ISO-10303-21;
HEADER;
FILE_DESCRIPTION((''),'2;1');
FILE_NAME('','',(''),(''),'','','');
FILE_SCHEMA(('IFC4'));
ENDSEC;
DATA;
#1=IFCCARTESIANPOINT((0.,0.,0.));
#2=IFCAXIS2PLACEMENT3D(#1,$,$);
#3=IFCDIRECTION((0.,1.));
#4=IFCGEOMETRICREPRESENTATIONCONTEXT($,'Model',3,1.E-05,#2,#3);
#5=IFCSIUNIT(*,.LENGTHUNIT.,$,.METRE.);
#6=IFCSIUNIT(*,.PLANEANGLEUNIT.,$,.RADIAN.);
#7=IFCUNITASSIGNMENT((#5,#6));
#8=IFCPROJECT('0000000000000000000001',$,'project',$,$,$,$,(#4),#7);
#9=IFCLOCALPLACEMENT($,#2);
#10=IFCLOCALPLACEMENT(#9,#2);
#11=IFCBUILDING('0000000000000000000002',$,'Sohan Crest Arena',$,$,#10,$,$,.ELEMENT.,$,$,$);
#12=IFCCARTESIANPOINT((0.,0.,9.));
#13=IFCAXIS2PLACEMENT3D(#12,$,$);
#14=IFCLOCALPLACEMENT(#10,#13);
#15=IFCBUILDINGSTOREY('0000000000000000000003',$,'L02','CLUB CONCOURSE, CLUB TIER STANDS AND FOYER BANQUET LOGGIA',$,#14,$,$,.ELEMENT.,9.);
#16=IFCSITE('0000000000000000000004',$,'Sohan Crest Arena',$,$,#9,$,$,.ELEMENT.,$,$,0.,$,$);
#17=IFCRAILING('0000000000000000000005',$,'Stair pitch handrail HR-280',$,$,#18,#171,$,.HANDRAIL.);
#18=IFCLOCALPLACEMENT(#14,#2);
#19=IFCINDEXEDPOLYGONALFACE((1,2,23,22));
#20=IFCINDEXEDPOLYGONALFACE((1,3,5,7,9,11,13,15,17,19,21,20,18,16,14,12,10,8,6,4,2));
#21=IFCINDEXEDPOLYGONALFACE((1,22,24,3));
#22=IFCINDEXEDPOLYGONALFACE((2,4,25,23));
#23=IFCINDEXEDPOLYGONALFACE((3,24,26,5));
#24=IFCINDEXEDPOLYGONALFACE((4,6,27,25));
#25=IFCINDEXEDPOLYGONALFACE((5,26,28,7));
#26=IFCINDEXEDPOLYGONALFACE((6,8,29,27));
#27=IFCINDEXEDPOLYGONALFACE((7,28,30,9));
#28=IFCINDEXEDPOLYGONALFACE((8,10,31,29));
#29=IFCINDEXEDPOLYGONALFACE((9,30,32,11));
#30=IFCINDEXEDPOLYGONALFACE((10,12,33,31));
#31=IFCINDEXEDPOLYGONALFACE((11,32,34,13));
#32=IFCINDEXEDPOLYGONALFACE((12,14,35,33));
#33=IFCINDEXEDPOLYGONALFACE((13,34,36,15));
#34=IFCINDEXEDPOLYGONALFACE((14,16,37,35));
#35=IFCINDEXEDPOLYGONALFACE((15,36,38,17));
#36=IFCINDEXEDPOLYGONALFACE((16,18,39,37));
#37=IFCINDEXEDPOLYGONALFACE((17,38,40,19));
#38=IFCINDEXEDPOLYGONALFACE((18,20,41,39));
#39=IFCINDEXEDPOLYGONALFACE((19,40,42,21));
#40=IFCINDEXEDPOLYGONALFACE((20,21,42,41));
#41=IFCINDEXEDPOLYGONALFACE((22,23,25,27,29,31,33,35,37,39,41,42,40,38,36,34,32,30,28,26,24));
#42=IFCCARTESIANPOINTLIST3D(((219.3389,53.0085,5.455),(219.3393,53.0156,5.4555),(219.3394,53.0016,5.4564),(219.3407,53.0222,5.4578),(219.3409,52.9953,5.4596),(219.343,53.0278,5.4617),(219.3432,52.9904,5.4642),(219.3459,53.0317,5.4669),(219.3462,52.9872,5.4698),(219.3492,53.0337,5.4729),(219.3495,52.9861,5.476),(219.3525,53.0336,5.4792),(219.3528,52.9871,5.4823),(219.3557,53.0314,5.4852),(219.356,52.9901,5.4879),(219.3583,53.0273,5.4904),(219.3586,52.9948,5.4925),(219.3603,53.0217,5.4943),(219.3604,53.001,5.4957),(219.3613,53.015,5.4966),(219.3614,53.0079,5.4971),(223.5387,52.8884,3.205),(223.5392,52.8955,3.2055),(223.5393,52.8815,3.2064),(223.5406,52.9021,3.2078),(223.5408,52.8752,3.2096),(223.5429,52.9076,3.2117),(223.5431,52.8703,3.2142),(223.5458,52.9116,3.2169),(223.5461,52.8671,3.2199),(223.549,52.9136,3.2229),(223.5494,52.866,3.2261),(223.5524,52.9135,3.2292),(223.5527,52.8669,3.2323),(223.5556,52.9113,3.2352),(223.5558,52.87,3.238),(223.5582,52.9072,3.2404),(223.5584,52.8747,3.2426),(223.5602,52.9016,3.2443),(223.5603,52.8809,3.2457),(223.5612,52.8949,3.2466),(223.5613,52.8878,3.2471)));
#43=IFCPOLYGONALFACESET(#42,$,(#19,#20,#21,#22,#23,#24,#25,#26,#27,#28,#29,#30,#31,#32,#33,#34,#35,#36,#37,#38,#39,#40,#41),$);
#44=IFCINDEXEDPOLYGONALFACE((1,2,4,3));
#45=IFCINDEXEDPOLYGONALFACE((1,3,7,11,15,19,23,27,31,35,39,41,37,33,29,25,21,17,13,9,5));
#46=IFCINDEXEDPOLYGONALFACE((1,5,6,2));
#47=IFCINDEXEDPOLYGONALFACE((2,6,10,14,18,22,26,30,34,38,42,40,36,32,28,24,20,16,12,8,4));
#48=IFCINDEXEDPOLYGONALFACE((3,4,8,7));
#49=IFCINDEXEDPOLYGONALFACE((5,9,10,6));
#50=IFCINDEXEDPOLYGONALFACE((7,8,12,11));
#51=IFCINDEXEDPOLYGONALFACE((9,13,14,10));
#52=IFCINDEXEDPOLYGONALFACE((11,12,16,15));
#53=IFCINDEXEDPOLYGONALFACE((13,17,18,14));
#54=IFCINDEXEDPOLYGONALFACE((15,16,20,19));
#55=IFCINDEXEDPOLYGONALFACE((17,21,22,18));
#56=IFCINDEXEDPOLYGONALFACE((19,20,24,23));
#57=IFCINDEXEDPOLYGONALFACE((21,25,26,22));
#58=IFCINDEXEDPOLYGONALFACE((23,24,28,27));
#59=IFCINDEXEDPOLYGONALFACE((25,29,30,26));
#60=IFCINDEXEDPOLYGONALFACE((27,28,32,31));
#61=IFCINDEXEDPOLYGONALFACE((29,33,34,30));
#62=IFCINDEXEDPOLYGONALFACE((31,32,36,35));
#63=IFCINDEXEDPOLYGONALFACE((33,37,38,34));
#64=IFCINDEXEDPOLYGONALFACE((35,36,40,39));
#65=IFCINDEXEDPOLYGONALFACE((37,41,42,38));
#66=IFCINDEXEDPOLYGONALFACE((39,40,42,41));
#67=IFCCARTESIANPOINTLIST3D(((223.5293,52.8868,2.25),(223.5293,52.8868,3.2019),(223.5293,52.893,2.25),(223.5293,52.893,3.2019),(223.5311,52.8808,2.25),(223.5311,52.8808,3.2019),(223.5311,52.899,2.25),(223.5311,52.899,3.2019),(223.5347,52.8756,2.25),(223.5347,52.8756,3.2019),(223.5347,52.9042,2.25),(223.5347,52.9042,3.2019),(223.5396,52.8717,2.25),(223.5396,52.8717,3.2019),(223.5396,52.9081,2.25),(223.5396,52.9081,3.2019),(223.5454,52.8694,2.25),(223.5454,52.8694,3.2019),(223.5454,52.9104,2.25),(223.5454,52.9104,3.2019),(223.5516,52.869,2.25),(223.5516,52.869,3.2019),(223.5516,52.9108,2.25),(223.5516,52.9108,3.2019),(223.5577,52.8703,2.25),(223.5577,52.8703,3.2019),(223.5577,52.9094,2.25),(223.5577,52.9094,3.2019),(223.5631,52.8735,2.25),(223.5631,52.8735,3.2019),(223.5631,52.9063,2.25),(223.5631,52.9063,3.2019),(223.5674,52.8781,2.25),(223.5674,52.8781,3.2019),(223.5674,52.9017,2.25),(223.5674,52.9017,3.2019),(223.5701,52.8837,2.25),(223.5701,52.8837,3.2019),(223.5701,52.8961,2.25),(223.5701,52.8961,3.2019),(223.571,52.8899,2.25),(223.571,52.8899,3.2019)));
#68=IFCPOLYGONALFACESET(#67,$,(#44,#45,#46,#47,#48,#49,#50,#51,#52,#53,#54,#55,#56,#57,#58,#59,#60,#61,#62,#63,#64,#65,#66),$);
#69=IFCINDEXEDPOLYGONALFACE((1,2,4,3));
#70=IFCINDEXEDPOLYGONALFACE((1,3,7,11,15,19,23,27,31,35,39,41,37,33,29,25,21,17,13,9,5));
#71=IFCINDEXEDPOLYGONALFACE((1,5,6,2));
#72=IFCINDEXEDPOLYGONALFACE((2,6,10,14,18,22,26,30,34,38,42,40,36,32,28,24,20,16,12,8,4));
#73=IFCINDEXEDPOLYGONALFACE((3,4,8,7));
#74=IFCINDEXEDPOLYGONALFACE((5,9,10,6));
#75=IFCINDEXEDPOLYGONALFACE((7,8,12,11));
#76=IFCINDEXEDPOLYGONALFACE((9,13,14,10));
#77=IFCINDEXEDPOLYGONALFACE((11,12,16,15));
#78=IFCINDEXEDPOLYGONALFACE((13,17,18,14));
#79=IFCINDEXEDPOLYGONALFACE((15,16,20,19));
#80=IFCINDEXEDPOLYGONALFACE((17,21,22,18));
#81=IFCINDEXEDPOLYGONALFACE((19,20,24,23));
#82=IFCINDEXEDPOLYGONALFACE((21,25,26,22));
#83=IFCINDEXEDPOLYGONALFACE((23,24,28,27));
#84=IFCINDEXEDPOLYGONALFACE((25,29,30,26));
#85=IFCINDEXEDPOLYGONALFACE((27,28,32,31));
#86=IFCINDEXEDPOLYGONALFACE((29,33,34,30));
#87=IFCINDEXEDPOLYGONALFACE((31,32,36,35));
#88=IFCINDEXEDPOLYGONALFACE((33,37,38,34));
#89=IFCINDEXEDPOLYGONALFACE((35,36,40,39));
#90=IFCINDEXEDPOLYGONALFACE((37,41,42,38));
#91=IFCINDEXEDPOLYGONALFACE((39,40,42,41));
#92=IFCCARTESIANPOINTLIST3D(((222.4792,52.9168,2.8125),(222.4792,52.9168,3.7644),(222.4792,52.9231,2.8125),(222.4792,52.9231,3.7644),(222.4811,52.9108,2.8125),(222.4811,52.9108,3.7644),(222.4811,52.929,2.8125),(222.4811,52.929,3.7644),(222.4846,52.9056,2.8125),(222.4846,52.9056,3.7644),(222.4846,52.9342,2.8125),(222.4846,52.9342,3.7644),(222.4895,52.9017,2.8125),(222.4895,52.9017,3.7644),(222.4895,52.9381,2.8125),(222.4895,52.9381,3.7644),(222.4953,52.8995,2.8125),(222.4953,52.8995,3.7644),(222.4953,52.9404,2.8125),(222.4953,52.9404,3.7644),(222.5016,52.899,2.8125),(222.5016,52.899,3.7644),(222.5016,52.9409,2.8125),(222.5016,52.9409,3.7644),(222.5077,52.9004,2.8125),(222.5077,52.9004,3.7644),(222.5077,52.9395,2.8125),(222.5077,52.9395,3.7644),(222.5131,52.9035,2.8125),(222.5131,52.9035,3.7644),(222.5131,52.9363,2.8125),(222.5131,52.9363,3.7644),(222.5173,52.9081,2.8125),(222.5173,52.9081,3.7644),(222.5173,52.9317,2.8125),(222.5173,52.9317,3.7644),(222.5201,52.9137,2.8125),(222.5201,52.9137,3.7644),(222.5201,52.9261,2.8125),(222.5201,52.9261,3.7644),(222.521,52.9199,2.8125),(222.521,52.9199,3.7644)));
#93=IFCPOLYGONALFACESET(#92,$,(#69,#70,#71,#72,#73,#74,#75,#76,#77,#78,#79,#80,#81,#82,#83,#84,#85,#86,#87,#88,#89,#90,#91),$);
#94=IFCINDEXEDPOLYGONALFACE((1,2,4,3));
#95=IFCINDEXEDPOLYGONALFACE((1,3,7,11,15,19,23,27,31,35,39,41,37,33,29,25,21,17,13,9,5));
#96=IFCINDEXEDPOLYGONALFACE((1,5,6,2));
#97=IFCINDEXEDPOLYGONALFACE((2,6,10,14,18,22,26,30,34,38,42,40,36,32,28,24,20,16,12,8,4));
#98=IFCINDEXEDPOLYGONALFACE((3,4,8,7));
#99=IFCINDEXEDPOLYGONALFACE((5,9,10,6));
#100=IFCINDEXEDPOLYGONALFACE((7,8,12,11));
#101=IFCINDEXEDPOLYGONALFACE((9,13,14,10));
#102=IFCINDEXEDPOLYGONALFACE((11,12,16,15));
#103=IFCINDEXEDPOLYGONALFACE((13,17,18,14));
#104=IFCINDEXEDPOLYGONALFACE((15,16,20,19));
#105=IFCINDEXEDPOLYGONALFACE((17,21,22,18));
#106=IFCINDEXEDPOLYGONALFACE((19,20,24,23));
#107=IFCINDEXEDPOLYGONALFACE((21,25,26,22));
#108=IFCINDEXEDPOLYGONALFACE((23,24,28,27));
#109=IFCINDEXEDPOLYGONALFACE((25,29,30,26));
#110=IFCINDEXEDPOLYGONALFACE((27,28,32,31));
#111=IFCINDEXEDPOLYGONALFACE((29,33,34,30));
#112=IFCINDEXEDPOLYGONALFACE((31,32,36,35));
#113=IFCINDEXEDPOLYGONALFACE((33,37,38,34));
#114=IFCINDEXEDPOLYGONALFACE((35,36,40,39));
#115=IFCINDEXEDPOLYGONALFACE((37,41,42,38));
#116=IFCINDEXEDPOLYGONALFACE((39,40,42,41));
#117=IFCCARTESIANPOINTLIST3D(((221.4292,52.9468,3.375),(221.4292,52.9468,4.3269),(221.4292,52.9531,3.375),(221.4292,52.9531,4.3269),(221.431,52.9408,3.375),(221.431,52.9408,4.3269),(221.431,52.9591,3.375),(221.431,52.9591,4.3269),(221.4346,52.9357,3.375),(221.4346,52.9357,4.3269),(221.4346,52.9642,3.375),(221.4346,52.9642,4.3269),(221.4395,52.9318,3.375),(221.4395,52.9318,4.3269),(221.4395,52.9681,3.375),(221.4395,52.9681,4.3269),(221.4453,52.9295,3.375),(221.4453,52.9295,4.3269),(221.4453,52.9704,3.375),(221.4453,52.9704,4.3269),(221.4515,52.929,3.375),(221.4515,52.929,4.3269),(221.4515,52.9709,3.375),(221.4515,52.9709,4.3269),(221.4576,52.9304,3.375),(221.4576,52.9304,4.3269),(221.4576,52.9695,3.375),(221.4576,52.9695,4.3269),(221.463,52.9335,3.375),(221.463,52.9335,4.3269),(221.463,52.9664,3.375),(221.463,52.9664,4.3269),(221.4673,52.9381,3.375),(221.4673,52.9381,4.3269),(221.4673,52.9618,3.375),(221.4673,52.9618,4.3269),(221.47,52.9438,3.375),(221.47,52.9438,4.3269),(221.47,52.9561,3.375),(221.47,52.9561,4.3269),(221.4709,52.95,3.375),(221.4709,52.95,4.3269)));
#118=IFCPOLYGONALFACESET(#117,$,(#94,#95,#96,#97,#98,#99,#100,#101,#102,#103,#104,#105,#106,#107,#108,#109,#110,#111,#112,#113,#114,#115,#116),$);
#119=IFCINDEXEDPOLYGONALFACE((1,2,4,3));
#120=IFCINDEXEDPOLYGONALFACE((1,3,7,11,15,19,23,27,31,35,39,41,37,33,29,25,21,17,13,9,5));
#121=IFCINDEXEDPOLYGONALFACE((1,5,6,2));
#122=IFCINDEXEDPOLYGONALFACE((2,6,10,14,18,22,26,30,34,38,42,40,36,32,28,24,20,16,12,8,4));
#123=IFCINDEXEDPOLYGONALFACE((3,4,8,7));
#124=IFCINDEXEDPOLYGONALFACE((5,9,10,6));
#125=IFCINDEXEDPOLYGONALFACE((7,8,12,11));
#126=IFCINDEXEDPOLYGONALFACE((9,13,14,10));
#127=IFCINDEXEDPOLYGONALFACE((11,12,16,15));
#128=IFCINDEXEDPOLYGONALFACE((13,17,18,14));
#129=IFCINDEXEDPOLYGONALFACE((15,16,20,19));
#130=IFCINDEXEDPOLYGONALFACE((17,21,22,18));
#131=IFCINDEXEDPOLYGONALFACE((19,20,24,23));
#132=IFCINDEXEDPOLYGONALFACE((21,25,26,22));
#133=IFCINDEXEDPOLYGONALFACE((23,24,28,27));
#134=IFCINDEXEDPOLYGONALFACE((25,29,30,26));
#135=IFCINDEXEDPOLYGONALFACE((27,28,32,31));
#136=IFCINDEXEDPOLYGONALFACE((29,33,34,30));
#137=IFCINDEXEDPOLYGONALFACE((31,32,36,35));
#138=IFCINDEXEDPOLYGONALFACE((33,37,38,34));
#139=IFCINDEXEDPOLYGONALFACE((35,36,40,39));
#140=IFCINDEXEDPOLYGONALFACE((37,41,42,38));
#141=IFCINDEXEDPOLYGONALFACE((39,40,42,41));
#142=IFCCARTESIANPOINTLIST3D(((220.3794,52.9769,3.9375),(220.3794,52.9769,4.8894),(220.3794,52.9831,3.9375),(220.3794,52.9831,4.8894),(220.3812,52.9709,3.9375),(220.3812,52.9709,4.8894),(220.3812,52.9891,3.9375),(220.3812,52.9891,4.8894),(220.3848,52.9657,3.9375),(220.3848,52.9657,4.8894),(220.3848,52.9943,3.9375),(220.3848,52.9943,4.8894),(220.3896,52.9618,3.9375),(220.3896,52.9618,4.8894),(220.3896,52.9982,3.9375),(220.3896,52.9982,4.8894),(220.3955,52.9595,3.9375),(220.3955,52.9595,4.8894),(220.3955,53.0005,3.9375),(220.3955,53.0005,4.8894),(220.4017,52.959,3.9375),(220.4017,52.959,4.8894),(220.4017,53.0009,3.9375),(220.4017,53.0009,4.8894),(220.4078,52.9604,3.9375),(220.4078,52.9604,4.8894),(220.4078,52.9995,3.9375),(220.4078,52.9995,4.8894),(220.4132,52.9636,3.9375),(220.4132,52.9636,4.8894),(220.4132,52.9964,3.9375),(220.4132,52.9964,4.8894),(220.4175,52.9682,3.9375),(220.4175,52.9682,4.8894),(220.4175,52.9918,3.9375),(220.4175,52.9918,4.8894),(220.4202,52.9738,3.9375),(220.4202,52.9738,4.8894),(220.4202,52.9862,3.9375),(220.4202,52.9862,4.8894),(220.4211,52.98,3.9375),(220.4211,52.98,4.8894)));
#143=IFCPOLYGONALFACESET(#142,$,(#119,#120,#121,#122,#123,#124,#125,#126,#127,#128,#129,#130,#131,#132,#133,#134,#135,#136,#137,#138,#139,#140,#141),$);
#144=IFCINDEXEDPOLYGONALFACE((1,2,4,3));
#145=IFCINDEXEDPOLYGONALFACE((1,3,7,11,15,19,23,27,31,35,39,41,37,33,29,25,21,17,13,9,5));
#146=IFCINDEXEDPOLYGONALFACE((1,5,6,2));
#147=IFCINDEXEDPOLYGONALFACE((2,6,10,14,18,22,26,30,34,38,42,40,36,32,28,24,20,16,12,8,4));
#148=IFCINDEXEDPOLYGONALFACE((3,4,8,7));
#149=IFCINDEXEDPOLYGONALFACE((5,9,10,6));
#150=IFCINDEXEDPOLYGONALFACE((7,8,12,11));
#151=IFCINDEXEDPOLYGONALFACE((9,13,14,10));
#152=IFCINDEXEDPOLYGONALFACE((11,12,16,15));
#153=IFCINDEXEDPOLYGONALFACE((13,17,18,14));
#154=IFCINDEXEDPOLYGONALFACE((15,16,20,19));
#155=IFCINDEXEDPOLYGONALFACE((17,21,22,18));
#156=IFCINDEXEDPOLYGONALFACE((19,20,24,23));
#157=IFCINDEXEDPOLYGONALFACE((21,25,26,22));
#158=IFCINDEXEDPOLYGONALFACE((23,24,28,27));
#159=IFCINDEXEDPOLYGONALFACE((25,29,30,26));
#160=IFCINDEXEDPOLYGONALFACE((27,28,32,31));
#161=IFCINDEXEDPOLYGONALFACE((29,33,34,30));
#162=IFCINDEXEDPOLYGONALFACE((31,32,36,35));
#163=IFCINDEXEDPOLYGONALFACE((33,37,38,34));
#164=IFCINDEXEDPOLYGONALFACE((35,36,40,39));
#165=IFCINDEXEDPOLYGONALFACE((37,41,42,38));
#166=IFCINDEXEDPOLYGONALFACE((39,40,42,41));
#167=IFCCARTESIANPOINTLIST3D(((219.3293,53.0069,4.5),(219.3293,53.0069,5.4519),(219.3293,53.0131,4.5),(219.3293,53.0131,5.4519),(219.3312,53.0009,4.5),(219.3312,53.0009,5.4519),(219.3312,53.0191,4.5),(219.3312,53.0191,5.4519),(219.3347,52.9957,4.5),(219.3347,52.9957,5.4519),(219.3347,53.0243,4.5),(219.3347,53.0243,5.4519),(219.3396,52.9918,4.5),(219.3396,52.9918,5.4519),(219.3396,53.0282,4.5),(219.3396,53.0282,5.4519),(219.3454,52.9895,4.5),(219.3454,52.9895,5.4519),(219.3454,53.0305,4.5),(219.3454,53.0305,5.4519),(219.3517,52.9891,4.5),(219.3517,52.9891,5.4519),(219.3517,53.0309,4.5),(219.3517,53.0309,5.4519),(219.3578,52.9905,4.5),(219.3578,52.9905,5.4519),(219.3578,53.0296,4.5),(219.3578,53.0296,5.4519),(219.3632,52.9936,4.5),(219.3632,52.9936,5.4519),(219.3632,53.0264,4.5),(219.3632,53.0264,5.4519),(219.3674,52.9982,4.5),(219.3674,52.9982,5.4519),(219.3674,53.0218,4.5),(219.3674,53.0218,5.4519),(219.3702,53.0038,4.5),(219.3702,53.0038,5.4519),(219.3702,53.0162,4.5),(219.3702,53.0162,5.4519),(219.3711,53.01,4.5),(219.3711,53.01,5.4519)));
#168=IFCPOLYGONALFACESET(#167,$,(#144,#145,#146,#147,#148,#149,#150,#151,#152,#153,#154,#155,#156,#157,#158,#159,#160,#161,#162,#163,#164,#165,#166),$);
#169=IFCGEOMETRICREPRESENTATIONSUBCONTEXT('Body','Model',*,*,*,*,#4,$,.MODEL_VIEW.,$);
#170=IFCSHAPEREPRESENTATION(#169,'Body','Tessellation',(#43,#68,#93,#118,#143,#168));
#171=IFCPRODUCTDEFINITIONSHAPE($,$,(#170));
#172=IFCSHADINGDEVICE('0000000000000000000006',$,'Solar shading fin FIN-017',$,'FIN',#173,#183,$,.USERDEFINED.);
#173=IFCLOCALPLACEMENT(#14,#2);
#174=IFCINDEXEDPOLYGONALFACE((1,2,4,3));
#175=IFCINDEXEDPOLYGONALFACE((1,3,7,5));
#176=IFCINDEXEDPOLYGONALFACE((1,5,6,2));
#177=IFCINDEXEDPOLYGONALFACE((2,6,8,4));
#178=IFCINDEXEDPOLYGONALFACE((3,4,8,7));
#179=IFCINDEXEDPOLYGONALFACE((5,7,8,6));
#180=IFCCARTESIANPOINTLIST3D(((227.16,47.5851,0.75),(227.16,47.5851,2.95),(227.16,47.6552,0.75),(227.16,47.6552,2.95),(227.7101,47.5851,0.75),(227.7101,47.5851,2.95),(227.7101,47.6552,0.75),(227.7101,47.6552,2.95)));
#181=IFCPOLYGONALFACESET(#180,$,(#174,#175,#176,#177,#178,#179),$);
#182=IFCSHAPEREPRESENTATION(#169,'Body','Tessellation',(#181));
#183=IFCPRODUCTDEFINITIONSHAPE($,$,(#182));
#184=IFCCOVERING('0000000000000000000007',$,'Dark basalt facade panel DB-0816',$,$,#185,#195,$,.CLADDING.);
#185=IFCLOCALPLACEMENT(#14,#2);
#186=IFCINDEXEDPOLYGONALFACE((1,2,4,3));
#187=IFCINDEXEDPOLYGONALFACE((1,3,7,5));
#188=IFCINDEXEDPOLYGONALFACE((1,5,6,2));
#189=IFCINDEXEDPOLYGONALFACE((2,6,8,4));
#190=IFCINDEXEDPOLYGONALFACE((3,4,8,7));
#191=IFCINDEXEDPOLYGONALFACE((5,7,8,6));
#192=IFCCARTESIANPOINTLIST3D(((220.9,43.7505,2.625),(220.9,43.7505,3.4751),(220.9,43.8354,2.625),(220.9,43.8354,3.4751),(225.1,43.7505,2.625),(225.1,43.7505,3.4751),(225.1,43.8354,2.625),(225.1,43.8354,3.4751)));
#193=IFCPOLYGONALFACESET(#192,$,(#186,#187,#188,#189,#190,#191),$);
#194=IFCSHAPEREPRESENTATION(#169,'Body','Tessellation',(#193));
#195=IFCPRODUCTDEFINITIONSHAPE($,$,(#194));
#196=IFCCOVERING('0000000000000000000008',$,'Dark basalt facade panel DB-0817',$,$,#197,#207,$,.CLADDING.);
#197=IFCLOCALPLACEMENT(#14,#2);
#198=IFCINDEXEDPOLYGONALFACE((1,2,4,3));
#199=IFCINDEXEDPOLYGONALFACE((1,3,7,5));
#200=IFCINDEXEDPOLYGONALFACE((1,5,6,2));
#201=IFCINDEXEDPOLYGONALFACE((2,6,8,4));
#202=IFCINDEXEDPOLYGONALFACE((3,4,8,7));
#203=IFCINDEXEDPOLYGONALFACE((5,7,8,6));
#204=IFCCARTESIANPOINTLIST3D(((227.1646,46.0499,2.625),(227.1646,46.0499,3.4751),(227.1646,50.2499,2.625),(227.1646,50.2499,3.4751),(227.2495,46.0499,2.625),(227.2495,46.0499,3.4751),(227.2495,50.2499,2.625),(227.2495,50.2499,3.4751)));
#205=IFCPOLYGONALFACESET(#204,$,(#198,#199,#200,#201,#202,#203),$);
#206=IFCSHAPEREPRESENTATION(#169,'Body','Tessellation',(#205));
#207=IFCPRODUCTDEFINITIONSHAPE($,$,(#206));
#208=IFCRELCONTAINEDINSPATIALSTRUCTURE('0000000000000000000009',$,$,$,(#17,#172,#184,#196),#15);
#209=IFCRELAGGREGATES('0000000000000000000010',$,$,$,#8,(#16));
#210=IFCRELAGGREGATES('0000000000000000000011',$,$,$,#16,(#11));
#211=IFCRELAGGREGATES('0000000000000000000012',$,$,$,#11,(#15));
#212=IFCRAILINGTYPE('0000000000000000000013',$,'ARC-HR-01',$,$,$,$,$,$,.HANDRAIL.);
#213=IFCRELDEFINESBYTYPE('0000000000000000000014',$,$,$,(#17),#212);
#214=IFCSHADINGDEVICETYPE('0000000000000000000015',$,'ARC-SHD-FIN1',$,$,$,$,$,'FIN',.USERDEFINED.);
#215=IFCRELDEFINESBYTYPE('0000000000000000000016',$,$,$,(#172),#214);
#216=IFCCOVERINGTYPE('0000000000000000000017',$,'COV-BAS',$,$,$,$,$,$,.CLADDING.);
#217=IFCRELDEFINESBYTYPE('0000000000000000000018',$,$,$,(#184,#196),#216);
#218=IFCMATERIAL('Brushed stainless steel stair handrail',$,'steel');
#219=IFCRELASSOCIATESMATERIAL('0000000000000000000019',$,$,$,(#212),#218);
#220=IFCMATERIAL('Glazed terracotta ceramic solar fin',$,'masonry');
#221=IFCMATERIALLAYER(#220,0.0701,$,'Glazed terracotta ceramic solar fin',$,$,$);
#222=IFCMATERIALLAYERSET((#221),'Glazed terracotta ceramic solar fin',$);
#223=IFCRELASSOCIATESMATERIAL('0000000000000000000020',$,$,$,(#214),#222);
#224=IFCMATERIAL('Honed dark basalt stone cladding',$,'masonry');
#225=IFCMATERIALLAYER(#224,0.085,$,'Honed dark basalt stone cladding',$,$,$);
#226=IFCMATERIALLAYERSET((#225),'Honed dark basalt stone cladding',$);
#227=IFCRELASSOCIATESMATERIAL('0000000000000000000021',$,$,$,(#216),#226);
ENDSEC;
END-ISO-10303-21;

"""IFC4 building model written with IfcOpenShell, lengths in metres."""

from ifc_helpers import new_model, si_unit, direction, frame, origin, origin_2d, place, context, subcontext, project, spatial, rectangle, circle, extrude, material, layer, layer_set, type_object, element, save


model = new_model("IFC4")

# Units and contexts
model_context = context("Model", 3, precision=1e-05, world=origin(), true_north=direction((0.0, 1.0)))
body_context = subcontext(model_context, "Body", "Model", "MODEL_VIEW")
ifc_project = project(units=[si_unit("LENGTHUNIT", "METRE"), si_unit("PLANEANGLEUNIT", "RADIAN")], contexts=[model_context])

# Site, building, storey
site_placement = place(None, origin())
site = spatial("IfcSite", under=ifc_project, at=site_placement, Name="Sohan Crest Arena", CompositionType="ELEMENT", RefElevation=0.0)
building_placement = place(site_placement, origin())
building = spatial("IfcBuilding", under=site, at=building_placement, Name="Sohan Crest Arena", CompositionType="ELEMENT")
storey_placement = place(building_placement, frame((0.0, 0.0, 9.0)))
storey = spatial("IfcBuildingStorey", under=building, at=storey_placement, Name="L02", Description="CLUB CONCOURSE, CLUB TIER STANDS AND FOYER BANQUET LOGGIA", CompositionType="ELEMENT", Elevation=9.0)

# Railing
ifc_material_1 = material(Name="Brushed stainless steel stair handrail", Category="steel")
railing_type_1 = type_object("IfcRailingType", Name="ARC-HR-01", PredefinedType="HANDRAIL", material=ifc_material_1)
railing_1_placement = place(storey_placement, frame((223.55, 52.8899, 2.25)))
element("IfcRailing", 1, at=railing_1_placement, inside=storey, type_object=railing_type_1, Name="Stair pitch handrail HR-280", PredefinedType="HANDRAIL", context=body_context, shape_type="SweptSolid", body=[
    extrude(circle(Radius=0.0239, at=origin_2d()), frame((0.0, 0.0, 0.9761), z_axis=(-0.881198, 0.025202, 0.472076), x_axis=(-0.028588, -0.999591, 0.0)), (0.0, 0.0, 1.0), 4.7661),
    extrude(circle(Radius=0.021, at=origin_2d()), origin(), (0.0, 0.0, 1.0), 0.9519),
    extrude(circle(Radius=0.021, at=origin_2d()), frame((-1.05, 0.03, 0.5625)), (0.0, 0.0, 1.0), 0.9519),
    extrude(circle(Radius=0.021, at=origin_2d()), frame((-2.1001, 0.0601, 1.125)), (0.0, 0.0, 1.0), 0.9519),
    extrude(circle(Radius=0.021, at=origin_2d()), frame((-3.1499, 0.0901, 1.6875)), (0.0, 0.0, 1.0), 0.9519),
    extrude(circle(Radius=0.021, at=origin_2d()), frame((-4.2, 0.1201, 2.25)), (0.0, 0.0, 1.0), 0.9519),
])

# Shading device
ifc_material_2 = material(Name="Glazed terracotta ceramic solar fin", Category="masonry")
ifc_layer_1 = layer(ifc_material_2, 0.0701, Name="Glazed terracotta ceramic solar fin")
ifc_layer_set_1 = layer_set([ifc_layer_1], Name="Glazed terracotta ceramic solar fin")
shading_device_type = type_object("IfcShadingDeviceType", Name="ARC-SHD-FIN1", ElementType="FIN", PredefinedType="USERDEFINED", material=ifc_layer_set_1)
shading_device_placement = place(storey_placement, frame((227.4351, 47.6201, 0.75), z_axis=(0.0, 0.0, 1.0), x_axis=(0.0, 1.0, 0.0)))
element("IfcShadingDevice", 2, at=shading_device_placement, inside=storey, type_object=shading_device_type, Name="Solar shading fin FIN-017", ObjectType="FIN", PredefinedType="USERDEFINED", context=body_context, shape_type="SweptSolid", body=[
    extrude(rectangle(XDim=0.0701, YDim=0.55, at=origin_2d()), origin(), (0.0, 0.0, 1.0), 2.2),
])

# Coverings
ifc_material_3 = material(Name="Honed dark basalt stone cladding", Category="masonry")
ifc_layer_2 = layer(ifc_material_3, 0.085, Name="Honed dark basalt stone cladding")
ifc_layer_set_2 = layer_set([ifc_layer_2], Name="Honed dark basalt stone cladding")
covering_type = type_object("IfcCoveringType", Name="COV-BAS", PredefinedType="CLADDING", material=ifc_layer_set_2)
for number, where, z_axis, x_axis, name in (
    (3, (223.0, 43.793, 2.625), (0.0, 0.0, 1.0), (1.0, 0.0, 0.0), "Dark basalt facade panel DB-0816"),
    (4, (227.207, 48.1499, 2.625), (0.0, 0.0, 1.0), (0.0, 1.0, 0.0), "Dark basalt facade panel DB-0817"),
):
    element("IfcCovering", number, at=place(storey_placement, frame(where, z_axis=z_axis, x_axis=x_axis)), inside=storey, type_object=covering_type, Name=name, PredefinedType="CLADDING", context=body_context, shape_type="SweptSolid", body=[
        extrude(rectangle(XDim=4.2, YDim=0.085, at=origin_2d()), origin(), (0.0, 0.0, 1.0), 0.8501),
    ])

save(model, "model.ifc")
